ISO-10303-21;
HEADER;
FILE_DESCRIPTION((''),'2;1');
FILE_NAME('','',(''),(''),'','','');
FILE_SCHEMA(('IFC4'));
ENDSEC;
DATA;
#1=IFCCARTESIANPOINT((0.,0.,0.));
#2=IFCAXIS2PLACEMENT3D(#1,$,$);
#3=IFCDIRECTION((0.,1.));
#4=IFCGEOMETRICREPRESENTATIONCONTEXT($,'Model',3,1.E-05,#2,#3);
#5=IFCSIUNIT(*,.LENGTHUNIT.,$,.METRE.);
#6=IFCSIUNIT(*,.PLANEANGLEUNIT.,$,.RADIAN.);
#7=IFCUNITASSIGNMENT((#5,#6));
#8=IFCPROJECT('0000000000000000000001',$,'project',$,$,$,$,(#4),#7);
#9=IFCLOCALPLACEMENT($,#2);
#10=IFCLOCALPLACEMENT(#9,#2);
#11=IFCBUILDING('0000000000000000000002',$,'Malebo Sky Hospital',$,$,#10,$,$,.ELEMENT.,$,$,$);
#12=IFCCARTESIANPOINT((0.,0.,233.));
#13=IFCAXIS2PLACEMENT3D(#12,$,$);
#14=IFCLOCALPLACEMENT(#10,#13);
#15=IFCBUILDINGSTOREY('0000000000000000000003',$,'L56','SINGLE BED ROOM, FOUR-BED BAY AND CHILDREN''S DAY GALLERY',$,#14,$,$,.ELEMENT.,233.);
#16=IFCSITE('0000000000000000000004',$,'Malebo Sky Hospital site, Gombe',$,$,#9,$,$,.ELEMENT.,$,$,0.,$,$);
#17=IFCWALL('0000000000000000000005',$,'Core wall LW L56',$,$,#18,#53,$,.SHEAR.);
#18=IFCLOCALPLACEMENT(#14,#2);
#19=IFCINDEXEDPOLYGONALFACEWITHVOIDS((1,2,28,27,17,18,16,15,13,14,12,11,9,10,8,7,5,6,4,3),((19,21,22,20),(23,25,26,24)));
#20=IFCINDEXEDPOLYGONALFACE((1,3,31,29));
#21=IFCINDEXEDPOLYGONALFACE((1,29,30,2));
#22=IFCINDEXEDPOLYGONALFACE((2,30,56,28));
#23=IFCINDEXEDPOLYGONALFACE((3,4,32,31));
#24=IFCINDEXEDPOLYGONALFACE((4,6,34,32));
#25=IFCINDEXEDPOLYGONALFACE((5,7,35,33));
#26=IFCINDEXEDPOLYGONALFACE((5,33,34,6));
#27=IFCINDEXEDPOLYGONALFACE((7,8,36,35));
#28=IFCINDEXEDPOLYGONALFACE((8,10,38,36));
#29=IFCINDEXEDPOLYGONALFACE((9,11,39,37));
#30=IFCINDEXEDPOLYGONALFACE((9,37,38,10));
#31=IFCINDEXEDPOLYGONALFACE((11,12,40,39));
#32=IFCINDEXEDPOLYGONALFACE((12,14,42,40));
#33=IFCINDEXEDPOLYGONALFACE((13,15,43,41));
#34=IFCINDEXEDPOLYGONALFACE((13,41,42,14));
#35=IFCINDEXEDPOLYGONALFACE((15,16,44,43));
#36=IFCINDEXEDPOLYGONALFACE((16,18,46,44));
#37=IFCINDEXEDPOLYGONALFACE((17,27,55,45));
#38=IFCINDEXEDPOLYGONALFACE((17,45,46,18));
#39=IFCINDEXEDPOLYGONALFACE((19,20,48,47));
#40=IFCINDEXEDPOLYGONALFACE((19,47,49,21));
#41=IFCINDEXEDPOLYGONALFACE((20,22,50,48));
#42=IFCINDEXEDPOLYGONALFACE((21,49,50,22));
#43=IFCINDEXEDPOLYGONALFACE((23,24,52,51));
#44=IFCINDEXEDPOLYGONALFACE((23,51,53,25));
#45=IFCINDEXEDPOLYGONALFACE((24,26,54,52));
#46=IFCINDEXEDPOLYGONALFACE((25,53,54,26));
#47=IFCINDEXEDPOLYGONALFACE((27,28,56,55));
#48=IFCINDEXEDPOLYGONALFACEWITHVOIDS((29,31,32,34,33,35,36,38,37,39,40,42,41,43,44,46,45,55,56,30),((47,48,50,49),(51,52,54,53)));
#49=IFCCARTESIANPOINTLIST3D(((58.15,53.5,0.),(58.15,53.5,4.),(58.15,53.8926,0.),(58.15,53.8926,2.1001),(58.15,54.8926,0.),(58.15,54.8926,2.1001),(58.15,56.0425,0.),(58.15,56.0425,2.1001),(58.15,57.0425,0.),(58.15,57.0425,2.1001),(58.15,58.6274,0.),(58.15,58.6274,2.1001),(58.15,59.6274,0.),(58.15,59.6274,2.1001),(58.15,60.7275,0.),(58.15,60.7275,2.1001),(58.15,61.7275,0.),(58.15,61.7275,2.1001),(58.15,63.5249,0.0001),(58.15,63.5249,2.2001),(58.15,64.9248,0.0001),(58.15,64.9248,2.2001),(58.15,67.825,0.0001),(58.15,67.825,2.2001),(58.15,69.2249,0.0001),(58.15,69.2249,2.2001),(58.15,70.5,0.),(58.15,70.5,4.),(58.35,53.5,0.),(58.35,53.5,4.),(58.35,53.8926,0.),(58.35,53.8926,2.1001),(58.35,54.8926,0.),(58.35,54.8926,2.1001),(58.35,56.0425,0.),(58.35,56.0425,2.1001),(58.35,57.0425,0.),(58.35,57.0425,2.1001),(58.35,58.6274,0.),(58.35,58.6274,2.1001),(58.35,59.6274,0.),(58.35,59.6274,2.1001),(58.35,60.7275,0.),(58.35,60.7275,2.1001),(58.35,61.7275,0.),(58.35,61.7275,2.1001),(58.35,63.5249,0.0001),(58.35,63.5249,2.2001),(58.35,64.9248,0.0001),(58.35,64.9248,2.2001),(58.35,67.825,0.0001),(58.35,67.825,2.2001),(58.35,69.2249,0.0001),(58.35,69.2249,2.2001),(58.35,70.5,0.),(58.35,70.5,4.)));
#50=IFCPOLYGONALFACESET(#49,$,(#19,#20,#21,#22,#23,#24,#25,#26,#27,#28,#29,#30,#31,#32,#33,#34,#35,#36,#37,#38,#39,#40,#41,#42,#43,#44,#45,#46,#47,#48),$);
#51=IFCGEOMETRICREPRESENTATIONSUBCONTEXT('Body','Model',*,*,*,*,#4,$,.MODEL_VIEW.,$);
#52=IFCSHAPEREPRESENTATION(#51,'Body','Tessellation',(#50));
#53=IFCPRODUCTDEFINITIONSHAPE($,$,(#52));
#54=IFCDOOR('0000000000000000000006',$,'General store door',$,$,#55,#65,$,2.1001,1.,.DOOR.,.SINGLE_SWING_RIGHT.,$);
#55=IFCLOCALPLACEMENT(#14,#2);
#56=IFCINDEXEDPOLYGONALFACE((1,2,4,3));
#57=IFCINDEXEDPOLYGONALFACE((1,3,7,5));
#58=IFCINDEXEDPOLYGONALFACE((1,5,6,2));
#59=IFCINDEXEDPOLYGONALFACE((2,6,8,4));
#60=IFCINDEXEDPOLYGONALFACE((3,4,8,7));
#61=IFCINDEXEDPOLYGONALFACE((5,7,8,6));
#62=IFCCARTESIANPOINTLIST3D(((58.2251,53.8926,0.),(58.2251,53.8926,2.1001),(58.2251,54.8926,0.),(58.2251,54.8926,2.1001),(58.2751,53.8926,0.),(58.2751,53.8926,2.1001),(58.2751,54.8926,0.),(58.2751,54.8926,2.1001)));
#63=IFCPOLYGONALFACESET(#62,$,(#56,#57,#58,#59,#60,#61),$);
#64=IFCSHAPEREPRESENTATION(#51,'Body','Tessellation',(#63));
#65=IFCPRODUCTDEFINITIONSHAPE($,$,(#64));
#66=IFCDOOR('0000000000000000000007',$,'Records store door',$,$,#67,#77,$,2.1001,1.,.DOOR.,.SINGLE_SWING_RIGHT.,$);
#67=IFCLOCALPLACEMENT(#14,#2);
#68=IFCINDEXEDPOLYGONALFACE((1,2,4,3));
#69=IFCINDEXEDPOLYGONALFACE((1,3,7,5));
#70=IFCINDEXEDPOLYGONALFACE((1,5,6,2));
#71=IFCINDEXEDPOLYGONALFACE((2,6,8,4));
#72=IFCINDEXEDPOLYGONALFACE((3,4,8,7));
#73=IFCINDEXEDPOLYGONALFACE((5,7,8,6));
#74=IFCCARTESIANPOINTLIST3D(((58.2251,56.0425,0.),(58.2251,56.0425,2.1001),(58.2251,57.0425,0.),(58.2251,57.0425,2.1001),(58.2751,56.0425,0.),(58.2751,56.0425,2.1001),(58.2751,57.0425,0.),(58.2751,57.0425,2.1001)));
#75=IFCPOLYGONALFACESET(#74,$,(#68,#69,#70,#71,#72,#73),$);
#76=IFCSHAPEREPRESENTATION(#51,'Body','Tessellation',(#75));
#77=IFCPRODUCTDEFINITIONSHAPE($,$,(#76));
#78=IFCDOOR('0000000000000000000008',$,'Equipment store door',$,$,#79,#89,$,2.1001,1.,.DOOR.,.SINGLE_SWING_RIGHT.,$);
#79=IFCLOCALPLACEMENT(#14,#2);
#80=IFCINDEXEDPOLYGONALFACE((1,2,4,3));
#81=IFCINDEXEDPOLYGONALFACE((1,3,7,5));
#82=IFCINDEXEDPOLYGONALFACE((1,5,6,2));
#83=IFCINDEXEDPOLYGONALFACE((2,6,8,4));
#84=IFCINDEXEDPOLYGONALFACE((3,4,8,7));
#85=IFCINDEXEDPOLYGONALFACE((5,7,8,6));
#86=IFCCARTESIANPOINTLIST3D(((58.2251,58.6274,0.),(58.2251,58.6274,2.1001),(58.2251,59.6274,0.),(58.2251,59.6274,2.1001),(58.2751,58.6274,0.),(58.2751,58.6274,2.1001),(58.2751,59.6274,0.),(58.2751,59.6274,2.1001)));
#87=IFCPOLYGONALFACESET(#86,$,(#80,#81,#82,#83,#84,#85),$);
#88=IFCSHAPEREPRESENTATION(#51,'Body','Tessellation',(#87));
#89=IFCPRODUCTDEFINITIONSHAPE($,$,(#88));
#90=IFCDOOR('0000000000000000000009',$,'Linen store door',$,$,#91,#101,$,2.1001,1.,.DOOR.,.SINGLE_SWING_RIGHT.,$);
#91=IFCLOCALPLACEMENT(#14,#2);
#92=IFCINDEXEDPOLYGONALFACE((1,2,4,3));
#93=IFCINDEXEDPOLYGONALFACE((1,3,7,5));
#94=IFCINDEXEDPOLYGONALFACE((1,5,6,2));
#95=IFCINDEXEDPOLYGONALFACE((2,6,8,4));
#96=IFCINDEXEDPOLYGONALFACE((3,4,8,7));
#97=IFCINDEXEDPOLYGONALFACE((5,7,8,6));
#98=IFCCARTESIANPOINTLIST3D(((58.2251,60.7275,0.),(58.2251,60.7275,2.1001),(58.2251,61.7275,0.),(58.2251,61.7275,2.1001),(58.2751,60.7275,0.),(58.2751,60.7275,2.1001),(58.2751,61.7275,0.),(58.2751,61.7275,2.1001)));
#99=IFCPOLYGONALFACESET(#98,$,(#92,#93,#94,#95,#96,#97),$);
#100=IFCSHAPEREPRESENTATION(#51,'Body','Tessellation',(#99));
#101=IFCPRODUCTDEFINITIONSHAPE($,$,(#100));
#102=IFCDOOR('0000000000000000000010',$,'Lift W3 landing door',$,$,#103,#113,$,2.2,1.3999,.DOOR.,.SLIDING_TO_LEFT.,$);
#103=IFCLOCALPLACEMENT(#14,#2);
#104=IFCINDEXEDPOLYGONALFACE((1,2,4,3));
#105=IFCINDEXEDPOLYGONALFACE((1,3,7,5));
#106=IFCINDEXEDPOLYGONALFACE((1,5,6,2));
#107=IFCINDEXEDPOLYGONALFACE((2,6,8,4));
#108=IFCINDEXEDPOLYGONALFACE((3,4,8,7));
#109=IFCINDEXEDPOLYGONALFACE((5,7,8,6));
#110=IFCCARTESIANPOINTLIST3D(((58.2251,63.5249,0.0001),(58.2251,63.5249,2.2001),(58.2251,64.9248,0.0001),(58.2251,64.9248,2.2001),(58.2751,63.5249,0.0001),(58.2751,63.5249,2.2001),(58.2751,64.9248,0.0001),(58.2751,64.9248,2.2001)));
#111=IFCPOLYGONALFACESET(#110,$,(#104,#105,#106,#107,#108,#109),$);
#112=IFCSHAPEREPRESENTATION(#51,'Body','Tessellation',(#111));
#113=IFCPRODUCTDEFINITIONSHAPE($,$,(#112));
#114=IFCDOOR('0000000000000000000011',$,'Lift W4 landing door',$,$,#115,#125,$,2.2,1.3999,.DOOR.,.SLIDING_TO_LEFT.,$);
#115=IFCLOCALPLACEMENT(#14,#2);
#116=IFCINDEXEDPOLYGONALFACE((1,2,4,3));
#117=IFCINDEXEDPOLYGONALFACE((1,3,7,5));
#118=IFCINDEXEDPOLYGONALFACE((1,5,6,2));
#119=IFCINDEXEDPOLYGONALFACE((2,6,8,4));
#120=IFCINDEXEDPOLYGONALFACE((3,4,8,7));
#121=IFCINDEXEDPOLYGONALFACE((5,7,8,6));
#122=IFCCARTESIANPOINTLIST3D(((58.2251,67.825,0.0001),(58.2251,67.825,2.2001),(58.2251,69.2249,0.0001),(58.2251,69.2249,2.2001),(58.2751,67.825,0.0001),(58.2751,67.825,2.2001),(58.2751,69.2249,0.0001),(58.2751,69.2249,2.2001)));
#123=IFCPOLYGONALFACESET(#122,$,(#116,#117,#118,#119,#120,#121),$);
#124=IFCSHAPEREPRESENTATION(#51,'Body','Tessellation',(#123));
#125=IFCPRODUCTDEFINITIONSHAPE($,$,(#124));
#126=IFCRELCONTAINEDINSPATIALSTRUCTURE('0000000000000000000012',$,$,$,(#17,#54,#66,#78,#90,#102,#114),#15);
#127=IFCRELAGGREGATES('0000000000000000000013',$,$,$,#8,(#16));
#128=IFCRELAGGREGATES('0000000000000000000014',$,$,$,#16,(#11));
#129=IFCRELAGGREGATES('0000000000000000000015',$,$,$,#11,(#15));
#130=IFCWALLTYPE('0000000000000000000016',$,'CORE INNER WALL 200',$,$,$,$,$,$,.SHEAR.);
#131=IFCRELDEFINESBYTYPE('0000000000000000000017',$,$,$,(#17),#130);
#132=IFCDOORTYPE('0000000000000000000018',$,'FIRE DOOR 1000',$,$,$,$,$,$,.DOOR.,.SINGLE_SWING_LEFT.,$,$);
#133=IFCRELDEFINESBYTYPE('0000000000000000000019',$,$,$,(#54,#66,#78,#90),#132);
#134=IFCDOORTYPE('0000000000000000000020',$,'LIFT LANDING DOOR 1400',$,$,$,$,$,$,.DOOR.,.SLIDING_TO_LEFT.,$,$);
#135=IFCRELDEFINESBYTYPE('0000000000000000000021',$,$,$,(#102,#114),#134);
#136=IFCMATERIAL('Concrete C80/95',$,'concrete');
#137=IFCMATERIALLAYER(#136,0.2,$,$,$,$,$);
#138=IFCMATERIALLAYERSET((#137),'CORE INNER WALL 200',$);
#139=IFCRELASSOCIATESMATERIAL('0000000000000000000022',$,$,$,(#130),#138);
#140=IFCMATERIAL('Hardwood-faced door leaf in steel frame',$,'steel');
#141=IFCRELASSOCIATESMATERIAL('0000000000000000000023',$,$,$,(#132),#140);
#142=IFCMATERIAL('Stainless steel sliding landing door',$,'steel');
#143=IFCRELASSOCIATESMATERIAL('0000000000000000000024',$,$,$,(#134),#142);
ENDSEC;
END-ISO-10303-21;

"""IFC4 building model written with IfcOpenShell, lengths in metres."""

from ifc_helpers import new_model, si_unit, direction, frame, frame_2d, origin, place, context, subcontext, project, spatial, rectangle, extrude, material, layer, layer_set, type_object, element, fill, save


model = new_model("IFC4")

# Units and contexts
model_context = context("Model", 3, precision=1e-05, world=origin(), true_north=direction((0.0, 1.0)))
body_context = subcontext(model_context, "Body", "Model", "MODEL_VIEW")
ifc_project = project(units=[si_unit("LENGTHUNIT", "METRE"), si_unit("PLANEANGLEUNIT", "RADIAN")], contexts=[model_context])

# Site, building, storey
site_placement = place(None, origin())
site = spatial("IfcSite", under=ifc_project, at=site_placement, Name="Malebo Sky Hospital site, Gombe", CompositionType="ELEMENT", RefElevation=0.0)
building_placement = place(site_placement, origin())
building = spatial("IfcBuilding", under=site, at=building_placement, Name="Malebo Sky Hospital", CompositionType="ELEMENT")
storey_placement = place(building_placement, frame((0.0, 0.0, 233.0)))
storey = spatial("IfcBuildingStorey", under=building, at=storey_placement, Name="L56", Description="SINGLE BED ROOM, FOUR-BED BAY AND CHILDREN'S DAY GALLERY", CompositionType="ELEMENT", Elevation=233.0)

# Wall, openings, doors
ifc_material_1 = material(Name="Concrete C80/95", Category="concrete")
ifc_layer_1 = layer(ifc_material_1, 0.2)
ifc_layer_set_1 = layer_set([ifc_layer_1], Name="CORE INNER WALL 200")
wall_type_1 = type_object("IfcWallType", Name="CORE INNER WALL 200", PredefinedType="SHEAR", material=ifc_layer_set_1)
wall_1_placement = place(storey_placement, frame((58.25, 53.5, 0.0), z_axis=(0.0, 0.0, 1.0), x_axis=(0.0, 1.0, 0.0)))
wall_1 = element("IfcWall", 1, at=wall_1_placement, inside=storey, type_object=wall_type_1, Name="Core wall LW L56", PredefinedType="SHEAR", context=body_context, shape_type="SweptSolid", body=[
    extrude(rectangle(XDim=17.0, YDim=0.2, at=frame_2d((8.5, 0.0))), origin(), (0.0, 0.0, 1.0), 4.0),
])
opening_1_placement = place(wall_1_placement, frame((0.3926, 0.0, 0.0)))
opening_1 = element("IfcOpeningElement", 2, at=opening_1_placement, cuts=wall_1, PredefinedType="OPENING", context=body_context, shape_type="SweptSolid", body=[
    extrude(rectangle(XDim=1.0, YDim=2.1001, at=frame_2d((0.5, 1.05))), frame((0.0, 0.1099, 0.0), z_axis=(0.0, -1.0, 0.0), x_axis=(1.0, 0.0, 0.0)), (0.0, 0.0, 1.0), 0.22),
])
opening_2_placement = place(wall_1_placement, frame((2.5425, 0.0, 0.0)))
opening_2 = element("IfcOpeningElement", 3, at=opening_2_placement, cuts=wall_1, PredefinedType="OPENING", context=body_context, shape_type="SweptSolid", body=[
    extrude(rectangle(XDim=1.0, YDim=2.1001, at=frame_2d((0.5, 1.05))), frame((0.0, 0.1099, 0.0), z_axis=(0.0, -1.0, 0.0), x_axis=(1.0, 0.0, 0.0)), (0.0, 0.0, 1.0), 0.22),
])
opening_3_placement = place(wall_1_placement, frame((5.1274, 0.0, 0.0)))
opening_3 = element("IfcOpeningElement", 4, at=opening_3_placement, cuts=wall_1, PredefinedType="OPENING", context=body_context, shape_type="SweptSolid", body=[
    extrude(rectangle(XDim=1.0, YDim=2.1001, at=frame_2d((0.5, 1.05))), frame((0.0, 0.1099, 0.0), z_axis=(0.0, -1.0, 0.0), x_axis=(1.0, 0.0, 0.0)), (0.0, 0.0, 1.0), 0.22),
])
opening_4_placement = place(wall_1_placement, frame((7.2275, 0.0, 0.0)))
opening_4 = element("IfcOpeningElement", 5, at=opening_4_placement, cuts=wall_1, PredefinedType="OPENING", context=body_context, shape_type="SweptSolid", body=[
    extrude(rectangle(XDim=1.0, YDim=2.1001, at=frame_2d((0.5, 1.05))), frame((0.0, 0.1099, 0.0), z_axis=(0.0, -1.0, 0.0), x_axis=(1.0, 0.0, 0.0)), (0.0, 0.0, 1.0), 0.22),
])
opening_5_placement = place(wall_1_placement, frame((10.0249, 0.0, 0.0)))
opening_5 = element("IfcOpeningElement", 6, at=opening_5_placement, cuts=wall_1, PredefinedType="OPENING", context=body_context, shape_type="SweptSolid", body=[
    extrude(rectangle(XDim=1.3999, YDim=2.2, at=frame_2d((0.7, 1.1001))), frame((0.0, 0.1099, 0.0), z_axis=(0.0, -1.0, 0.0), x_axis=(1.0, 0.0, 0.0)), (0.0, 0.0, 1.0), 0.22),
])
opening_6_placement = place(wall_1_placement, frame((14.325, 0.0, 0.0)))
opening_6 = element("IfcOpeningElement", 7, at=opening_6_placement, cuts=wall_1, PredefinedType="OPENING", context=body_context, shape_type="SweptSolid", body=[
    extrude(rectangle(XDim=1.3999, YDim=2.2, at=frame_2d((0.7, 1.1001))), frame((0.0, 0.1099, 0.0), z_axis=(0.0, -1.0, 0.0), x_axis=(1.0, 0.0, 0.0)), (0.0, 0.0, 1.0), 0.22),
])
ifc_material_2 = material(Name="Hardwood-faced door leaf in steel frame", Category="steel")
door_type_1 = type_object("IfcDoorType", Name="FIRE DOOR 1000", OperationType="SINGLE_SWING_LEFT", PredefinedType="DOOR", material=ifc_material_2)
door_1_placement = place(opening_1_placement, origin())
door_1 = element("IfcDoor", 8, at=door_1_placement, inside=storey, type_object=door_type_1, Name="General store door", OperationType="SINGLE_SWING_RIGHT", OverallHeight=2.1001, OverallWidth=1.0, PredefinedType="DOOR", context=body_context, shape_type="SweptSolid", body=[
    extrude(rectangle(XDim=1.0, YDim=2.1001, at=frame_2d((0.5, 1.05))), frame((0.0, 0.0249, 0.0), z_axis=(0.0, -1.0, 0.0), x_axis=(1.0, 0.0, 0.0)), (0.0, 0.0, 1.0), 0.05),
])
fill(opening_1, door_1)
door_2_placement = place(opening_2_placement, origin())
door_2 = element("IfcDoor", 9, at=door_2_placement, inside=storey, type_object=door_type_1, Name="Records store door", OperationType="SINGLE_SWING_RIGHT", OverallHeight=2.1001, OverallWidth=1.0, PredefinedType="DOOR", context=body_context, shape_type="SweptSolid", body=[
    extrude(rectangle(XDim=1.0, YDim=2.1001, at=frame_2d((0.5, 1.05))), frame((0.0, 0.0249, 0.0), z_axis=(0.0, -1.0, 0.0), x_axis=(1.0, 0.0, 0.0)), (0.0, 0.0, 1.0), 0.05),
])
fill(opening_2, door_2)
door_3_placement = place(opening_3_placement, origin())
door_3 = element("IfcDoor", 10, at=door_3_placement, inside=storey, type_object=door_type_1, Name="Equipment store door", OperationType="SINGLE_SWING_RIGHT", OverallHeight=2.1001, OverallWidth=1.0, PredefinedType="DOOR", context=body_context, shape_type="SweptSolid", body=[
    extrude(rectangle(XDim=1.0, YDim=2.1001, at=frame_2d((0.5, 1.05))), frame((0.0, 0.0249, 0.0), z_axis=(0.0, -1.0, 0.0), x_axis=(1.0, 0.0, 0.0)), (0.0, 0.0, 1.0), 0.05),
])
fill(opening_3, door_3)
door_4_placement = place(opening_4_placement, origin())
door_4 = element("IfcDoor", 11, at=door_4_placement, inside=storey, type_object=door_type_1, Name="Linen store door", OperationType="SINGLE_SWING_RIGHT", OverallHeight=2.1001, OverallWidth=1.0, PredefinedType="DOOR", context=body_context, shape_type="SweptSolid", body=[
    extrude(rectangle(XDim=1.0, YDim=2.1001, at=frame_2d((0.5, 1.05))), frame((0.0, 0.0249, 0.0), z_axis=(0.0, -1.0, 0.0), x_axis=(1.0, 0.0, 0.0)), (0.0, 0.0, 1.0), 0.05),
])
fill(opening_4, door_4)
ifc_material_3 = material(Name="Stainless steel sliding landing door", Category="steel")
door_type_2 = type_object("IfcDoorType", Name="LIFT LANDING DOOR 1400", OperationType="SLIDING_TO_LEFT", PredefinedType="DOOR", material=ifc_material_3)
door_5_placement = place(opening_5_placement, origin())
door_5 = element("IfcDoor", 12, at=door_5_placement, inside=storey, type_object=door_type_2, Name="Lift W3 landing door", OperationType="SLIDING_TO_LEFT", OverallHeight=2.2, OverallWidth=1.3999, PredefinedType="DOOR", context=body_context, shape_type="SweptSolid", body=[
    extrude(rectangle(XDim=1.3999, YDim=2.2, at=frame_2d((0.7, 1.1001))), frame((0.0, 0.0249, 0.0), z_axis=(0.0, -1.0, 0.0), x_axis=(1.0, 0.0, 0.0)), (0.0, 0.0, 1.0), 0.05),
])
fill(opening_5, door_5)
door_6_placement = place(opening_6_placement, origin())
door_6 = element("IfcDoor", 13, at=door_6_placement, inside=storey, type_object=door_type_2, Name="Lift W4 landing door", OperationType="SLIDING_TO_LEFT", OverallHeight=2.2, OverallWidth=1.3999, PredefinedType="DOOR", context=body_context, shape_type="SweptSolid", body=[
    extrude(rectangle(XDim=1.3999, YDim=2.2, at=frame_2d((0.7, 1.1001))), frame((0.0, 0.0249, 0.0), z_axis=(0.0, -1.0, 0.0), x_axis=(1.0, 0.0, 0.0)), (0.0, 0.0, 1.0), 0.05),
])
fill(opening_6, door_6)

save(model, "model.ifc")
